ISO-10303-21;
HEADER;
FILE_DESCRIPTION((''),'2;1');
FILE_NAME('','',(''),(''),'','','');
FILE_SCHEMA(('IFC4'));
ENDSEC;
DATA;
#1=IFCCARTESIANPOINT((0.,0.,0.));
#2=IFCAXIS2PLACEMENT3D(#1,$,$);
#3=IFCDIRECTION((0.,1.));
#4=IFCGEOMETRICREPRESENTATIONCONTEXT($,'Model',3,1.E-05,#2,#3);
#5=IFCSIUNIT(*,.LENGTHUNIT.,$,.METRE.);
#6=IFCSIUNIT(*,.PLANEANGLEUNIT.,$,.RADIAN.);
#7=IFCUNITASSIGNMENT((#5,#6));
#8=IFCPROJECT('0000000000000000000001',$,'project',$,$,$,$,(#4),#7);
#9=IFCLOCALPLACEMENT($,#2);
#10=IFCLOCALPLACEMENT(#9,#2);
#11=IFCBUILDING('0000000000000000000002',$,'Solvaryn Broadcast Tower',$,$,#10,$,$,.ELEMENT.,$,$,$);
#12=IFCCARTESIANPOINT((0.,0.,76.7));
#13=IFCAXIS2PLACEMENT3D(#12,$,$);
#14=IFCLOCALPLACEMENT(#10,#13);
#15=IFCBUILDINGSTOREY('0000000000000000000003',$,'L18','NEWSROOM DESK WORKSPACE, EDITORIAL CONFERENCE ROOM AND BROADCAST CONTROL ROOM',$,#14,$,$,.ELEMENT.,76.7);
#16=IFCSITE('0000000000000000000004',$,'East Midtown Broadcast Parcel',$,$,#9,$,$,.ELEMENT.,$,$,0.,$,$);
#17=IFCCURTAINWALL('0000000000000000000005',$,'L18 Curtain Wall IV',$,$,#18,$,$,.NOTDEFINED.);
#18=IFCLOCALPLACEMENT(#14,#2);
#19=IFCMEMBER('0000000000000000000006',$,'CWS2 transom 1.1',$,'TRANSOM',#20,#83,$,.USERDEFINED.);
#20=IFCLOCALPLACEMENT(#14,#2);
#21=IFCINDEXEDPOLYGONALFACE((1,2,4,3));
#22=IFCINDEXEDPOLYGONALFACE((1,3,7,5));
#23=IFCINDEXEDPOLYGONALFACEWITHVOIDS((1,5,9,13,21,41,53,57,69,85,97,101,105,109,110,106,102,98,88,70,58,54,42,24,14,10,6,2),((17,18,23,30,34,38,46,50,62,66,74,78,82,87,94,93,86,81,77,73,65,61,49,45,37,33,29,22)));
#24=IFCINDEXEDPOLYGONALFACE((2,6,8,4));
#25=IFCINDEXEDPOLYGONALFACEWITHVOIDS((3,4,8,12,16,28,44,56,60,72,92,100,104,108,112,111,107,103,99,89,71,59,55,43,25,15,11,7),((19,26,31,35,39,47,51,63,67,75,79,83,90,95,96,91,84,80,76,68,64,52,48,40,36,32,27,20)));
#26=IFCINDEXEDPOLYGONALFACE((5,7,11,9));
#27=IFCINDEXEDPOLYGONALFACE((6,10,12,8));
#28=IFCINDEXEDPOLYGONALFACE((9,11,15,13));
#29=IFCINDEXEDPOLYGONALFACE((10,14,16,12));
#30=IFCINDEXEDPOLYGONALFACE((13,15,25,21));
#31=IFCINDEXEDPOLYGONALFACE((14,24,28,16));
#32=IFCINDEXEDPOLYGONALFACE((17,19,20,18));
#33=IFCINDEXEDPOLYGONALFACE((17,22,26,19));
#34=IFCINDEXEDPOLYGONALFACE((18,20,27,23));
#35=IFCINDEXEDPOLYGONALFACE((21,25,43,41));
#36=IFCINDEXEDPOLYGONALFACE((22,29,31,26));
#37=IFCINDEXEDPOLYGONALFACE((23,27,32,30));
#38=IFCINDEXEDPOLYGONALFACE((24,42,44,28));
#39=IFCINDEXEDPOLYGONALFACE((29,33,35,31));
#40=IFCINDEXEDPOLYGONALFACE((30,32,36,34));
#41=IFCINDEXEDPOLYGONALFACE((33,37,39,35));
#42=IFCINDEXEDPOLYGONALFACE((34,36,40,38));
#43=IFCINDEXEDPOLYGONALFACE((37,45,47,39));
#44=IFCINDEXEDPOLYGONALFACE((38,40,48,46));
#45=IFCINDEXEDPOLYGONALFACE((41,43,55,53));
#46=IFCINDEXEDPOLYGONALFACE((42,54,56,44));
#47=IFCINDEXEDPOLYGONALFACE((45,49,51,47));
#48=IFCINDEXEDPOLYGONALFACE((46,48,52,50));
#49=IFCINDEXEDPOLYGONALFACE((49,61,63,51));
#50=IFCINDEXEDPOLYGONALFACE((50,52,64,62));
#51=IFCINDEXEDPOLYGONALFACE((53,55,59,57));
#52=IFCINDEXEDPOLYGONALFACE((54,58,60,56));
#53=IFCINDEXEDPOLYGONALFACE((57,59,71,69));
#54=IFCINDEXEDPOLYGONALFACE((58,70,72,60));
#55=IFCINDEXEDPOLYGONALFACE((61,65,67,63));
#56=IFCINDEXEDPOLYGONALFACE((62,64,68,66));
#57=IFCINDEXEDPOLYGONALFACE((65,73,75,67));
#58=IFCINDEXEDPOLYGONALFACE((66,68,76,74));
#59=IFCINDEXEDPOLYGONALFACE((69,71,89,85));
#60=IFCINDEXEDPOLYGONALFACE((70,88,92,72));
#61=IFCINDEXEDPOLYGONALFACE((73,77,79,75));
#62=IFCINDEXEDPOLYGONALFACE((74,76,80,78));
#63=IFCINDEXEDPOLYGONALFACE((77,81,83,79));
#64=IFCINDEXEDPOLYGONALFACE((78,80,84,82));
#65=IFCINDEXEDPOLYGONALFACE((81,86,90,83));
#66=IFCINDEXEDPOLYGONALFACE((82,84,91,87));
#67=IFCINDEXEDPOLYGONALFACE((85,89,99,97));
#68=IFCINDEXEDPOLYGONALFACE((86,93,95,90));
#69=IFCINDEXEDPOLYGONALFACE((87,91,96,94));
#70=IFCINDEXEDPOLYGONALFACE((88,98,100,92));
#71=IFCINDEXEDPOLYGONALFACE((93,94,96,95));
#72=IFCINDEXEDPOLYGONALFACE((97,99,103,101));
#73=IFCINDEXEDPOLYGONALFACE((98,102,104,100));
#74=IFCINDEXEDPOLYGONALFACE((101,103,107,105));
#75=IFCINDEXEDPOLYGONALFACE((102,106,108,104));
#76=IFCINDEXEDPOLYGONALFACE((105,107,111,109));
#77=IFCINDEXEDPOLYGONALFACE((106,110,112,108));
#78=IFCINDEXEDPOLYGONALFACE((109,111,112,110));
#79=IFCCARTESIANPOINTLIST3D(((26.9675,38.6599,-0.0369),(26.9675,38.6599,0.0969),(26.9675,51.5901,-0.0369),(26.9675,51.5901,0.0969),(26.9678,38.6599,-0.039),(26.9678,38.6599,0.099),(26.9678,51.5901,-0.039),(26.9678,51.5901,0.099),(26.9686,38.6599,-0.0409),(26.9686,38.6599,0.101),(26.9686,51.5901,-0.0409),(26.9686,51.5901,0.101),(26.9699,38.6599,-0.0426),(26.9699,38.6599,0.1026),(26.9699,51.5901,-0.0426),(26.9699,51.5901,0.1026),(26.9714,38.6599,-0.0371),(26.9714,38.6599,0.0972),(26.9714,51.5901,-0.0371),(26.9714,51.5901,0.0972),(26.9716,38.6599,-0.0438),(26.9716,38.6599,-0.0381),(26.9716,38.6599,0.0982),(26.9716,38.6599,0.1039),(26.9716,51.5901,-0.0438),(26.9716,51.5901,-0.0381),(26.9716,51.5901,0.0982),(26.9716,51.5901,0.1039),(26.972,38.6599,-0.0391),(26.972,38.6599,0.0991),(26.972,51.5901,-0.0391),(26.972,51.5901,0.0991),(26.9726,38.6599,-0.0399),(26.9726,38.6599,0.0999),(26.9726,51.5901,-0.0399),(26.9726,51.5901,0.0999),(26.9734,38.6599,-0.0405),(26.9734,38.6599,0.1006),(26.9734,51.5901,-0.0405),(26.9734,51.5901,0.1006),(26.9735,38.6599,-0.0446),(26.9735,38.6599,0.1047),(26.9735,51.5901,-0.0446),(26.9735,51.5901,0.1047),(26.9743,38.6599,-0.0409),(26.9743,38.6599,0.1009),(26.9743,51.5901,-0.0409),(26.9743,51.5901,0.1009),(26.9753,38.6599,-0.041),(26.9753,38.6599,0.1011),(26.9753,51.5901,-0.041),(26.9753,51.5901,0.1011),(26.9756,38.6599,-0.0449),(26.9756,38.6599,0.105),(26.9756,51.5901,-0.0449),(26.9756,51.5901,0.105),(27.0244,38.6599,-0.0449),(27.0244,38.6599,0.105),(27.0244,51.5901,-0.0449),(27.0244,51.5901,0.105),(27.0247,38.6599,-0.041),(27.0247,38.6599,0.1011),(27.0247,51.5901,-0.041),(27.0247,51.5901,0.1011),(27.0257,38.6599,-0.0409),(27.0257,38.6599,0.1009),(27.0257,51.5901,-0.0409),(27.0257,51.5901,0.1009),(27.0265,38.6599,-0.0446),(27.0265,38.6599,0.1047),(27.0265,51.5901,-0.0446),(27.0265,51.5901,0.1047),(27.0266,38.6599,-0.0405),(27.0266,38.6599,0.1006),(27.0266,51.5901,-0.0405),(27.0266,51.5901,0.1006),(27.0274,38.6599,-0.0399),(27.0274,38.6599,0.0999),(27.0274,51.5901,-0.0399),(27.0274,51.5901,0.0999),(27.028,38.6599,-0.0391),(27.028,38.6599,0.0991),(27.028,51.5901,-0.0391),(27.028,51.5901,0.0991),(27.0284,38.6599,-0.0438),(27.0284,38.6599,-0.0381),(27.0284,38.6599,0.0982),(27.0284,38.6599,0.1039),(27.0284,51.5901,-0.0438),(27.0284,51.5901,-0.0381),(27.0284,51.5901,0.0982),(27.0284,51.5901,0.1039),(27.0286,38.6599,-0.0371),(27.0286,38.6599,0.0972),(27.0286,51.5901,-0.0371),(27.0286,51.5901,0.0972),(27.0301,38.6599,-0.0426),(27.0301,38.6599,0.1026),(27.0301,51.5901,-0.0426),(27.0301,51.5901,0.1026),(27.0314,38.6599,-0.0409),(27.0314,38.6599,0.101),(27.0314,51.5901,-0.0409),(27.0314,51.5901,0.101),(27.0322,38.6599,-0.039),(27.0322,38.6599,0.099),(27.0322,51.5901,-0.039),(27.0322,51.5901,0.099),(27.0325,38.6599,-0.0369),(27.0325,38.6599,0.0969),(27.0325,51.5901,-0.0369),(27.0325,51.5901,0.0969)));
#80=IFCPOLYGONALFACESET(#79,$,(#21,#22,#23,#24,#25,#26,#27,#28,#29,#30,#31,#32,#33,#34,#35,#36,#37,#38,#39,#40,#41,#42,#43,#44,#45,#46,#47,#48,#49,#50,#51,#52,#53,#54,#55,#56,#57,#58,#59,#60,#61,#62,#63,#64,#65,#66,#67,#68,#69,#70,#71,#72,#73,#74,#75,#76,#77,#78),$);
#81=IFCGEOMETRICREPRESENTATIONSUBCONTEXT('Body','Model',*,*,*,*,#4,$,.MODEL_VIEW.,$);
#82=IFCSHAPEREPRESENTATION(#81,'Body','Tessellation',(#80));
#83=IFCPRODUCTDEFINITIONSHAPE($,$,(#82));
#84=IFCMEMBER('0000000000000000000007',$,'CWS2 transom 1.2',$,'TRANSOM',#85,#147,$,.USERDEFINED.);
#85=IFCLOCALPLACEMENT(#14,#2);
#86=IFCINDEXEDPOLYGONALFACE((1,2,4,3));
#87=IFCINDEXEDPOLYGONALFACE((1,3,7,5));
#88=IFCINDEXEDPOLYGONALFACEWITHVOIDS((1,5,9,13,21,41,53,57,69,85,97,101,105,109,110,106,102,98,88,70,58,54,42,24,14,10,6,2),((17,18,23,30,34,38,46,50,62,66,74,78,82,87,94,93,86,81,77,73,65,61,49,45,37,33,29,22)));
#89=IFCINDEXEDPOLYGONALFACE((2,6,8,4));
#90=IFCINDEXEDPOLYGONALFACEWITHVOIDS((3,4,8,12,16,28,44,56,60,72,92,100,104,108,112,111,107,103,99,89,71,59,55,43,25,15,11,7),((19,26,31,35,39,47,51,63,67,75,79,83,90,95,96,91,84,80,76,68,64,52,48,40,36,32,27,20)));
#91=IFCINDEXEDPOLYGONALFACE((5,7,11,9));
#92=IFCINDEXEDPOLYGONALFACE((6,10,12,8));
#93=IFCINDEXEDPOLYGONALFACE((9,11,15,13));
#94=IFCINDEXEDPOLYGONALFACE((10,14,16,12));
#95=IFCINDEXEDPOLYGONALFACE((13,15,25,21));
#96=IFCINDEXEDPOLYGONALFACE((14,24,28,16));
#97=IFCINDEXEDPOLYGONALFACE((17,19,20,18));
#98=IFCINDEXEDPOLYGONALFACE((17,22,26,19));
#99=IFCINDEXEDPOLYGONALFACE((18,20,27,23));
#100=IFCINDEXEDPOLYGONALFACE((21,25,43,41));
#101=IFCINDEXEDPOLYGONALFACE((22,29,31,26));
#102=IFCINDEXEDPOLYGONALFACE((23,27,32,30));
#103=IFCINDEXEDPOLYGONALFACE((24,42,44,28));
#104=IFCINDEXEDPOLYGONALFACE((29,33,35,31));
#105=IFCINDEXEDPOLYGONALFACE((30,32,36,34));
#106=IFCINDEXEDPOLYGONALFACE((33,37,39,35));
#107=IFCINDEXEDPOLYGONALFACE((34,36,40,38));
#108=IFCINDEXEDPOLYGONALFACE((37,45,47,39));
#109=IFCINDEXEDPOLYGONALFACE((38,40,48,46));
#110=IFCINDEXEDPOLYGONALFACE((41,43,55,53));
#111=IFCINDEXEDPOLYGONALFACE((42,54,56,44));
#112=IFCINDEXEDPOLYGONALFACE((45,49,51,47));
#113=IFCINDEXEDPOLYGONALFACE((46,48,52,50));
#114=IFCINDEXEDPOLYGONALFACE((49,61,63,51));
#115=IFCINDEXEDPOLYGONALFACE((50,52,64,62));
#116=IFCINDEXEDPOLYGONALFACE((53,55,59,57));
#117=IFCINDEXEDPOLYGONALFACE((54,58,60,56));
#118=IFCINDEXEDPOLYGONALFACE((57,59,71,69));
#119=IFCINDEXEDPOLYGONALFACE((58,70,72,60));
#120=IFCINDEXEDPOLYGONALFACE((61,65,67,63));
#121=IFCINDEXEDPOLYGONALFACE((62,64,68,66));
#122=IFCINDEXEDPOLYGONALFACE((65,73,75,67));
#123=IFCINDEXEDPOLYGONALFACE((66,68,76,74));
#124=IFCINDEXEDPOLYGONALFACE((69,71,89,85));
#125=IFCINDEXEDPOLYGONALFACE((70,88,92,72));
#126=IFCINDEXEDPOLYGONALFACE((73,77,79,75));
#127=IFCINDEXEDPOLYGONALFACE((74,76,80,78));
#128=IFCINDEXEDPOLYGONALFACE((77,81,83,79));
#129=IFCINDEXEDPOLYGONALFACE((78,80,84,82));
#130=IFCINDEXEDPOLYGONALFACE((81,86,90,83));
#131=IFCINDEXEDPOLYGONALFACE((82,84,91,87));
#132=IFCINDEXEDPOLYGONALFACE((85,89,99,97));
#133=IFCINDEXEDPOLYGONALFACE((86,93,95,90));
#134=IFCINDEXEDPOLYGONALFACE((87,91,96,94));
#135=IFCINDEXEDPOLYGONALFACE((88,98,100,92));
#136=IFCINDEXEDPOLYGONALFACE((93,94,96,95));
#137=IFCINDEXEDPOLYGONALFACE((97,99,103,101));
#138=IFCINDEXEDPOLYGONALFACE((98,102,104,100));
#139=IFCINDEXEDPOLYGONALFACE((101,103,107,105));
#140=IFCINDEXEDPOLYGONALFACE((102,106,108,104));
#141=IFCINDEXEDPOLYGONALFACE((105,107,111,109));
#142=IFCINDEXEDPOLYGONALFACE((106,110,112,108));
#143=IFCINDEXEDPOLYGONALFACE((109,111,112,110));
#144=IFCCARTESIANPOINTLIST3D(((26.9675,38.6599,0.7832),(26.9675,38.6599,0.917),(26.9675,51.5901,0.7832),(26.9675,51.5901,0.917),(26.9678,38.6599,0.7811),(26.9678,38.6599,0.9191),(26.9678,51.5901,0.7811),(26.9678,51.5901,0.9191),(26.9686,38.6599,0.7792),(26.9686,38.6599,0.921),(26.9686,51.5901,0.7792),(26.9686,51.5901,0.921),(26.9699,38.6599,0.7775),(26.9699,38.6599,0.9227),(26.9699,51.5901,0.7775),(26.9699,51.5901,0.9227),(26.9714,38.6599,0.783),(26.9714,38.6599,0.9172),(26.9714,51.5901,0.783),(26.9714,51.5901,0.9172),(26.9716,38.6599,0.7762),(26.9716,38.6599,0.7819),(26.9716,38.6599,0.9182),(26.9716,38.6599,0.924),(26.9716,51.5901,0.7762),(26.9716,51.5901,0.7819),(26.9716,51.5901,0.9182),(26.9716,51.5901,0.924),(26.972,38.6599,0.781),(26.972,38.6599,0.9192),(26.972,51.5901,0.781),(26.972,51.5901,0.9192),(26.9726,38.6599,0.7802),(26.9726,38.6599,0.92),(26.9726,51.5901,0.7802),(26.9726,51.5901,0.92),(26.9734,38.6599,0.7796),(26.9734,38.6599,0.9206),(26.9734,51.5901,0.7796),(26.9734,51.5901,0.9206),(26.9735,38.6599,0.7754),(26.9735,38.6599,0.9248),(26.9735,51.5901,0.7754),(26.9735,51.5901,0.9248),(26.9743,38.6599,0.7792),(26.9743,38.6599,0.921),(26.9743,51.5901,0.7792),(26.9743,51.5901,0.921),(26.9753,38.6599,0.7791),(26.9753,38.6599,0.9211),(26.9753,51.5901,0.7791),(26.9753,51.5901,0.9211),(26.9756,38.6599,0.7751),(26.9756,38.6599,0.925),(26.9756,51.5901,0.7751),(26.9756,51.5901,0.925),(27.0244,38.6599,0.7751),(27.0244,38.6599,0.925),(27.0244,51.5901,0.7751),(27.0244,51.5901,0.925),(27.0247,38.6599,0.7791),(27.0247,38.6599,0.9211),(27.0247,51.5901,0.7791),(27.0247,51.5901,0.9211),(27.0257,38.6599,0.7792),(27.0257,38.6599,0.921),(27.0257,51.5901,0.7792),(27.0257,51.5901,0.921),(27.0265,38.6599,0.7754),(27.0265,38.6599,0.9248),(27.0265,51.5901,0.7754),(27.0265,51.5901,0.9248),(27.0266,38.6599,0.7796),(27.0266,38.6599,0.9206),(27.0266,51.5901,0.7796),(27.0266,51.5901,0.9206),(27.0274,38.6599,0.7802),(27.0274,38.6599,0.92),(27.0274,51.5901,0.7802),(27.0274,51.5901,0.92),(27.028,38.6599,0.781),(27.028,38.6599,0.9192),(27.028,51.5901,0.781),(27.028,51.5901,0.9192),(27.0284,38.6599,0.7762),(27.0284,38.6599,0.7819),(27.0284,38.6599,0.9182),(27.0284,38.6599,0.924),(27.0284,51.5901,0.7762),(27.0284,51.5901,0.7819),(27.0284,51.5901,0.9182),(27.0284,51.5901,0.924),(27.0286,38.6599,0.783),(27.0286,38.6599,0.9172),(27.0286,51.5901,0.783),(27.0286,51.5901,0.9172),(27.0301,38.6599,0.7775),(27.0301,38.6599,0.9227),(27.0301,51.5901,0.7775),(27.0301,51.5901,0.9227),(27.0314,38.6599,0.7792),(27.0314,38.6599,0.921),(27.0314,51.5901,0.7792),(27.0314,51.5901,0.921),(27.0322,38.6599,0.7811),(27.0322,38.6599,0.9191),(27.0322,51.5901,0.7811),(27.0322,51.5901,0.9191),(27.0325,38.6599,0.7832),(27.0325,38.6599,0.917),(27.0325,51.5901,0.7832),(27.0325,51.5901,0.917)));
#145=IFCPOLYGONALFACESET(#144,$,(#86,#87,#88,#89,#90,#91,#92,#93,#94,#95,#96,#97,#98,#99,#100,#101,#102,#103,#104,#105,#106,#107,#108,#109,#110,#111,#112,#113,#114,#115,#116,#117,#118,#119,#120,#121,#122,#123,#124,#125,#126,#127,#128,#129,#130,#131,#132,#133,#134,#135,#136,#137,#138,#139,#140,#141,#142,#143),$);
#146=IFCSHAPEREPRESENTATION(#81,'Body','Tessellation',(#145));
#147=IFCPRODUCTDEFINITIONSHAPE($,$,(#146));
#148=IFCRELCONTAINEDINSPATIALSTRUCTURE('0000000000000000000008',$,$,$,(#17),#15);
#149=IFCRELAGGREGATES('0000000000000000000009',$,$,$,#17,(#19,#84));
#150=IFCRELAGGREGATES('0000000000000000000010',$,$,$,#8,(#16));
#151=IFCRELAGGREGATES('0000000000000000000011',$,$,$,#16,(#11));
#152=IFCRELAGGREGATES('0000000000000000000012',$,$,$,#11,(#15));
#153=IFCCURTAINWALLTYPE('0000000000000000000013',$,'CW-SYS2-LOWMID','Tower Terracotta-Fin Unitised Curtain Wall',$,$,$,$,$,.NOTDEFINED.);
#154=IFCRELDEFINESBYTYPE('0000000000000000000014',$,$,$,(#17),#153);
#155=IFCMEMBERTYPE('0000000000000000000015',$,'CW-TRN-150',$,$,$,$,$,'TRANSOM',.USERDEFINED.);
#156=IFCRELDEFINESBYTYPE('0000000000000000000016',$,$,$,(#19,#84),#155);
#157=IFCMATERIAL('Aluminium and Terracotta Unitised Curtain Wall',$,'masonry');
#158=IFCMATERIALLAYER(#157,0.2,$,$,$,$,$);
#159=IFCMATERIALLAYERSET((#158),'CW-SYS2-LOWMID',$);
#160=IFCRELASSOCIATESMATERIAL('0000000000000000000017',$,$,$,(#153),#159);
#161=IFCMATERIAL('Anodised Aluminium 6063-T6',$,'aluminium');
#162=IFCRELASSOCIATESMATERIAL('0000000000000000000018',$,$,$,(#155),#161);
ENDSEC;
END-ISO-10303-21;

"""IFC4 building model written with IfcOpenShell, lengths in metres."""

from ifc_helpers import new_model, si_unit, direction, frame, origin, origin_2d, place, context, subcontext, project, spatial, hollow_rectangle, extrude, material, layer, layer_set, material_profile, profile_set, type_object, element, aggregate, save


model = new_model("IFC4")

# Units and contexts
model_context = context("Model", 3, precision=1e-05, world=origin(), true_north=direction((0.0, 1.0)))
body_context = subcontext(model_context, "Body", "Model", "MODEL_VIEW")
ifc_project = project(units=[si_unit("LENGTHUNIT", "METRE"), si_unit("PLANEANGLEUNIT", "RADIAN")], contexts=[model_context])

# Site, building, storey
site_placement = place(None, origin())
site = spatial("IfcSite", under=ifc_project, at=site_placement, Name="East Midtown Broadcast Parcel", CompositionType="ELEMENT", RefElevation=0.0)
building_placement = place(site_placement, origin())
building = spatial("IfcBuilding", under=site, at=building_placement, Name="Solvaryn Broadcast Tower", CompositionType="ELEMENT")
storey_placement = place(building_placement, frame((0.0, 0.0, 76.7)))
storey = spatial("IfcBuildingStorey", under=building, at=storey_placement, Name="L18", Description="NEWSROOM DESK WORKSPACE, EDITORIAL CONFERENCE ROOM AND BROADCAST CONTROL ROOM", CompositionType="ELEMENT", Elevation=76.7)

# Curtain wall
ifc_material_1 = material(Name="Aluminium and Terracotta Unitised Curtain Wall", Category="masonry")
ifc_layer_1 = layer(ifc_material_1, 0.2)
ifc_layer_set_1 = layer_set([ifc_layer_1], Name="CW-SYS2-LOWMID")
curtain_wall_type = type_object("IfcCurtainWallType", Name="CW-SYS2-LOWMID", Description="Tower Terracotta-Fin Unitised Curtain Wall", PredefinedType="NOTDEFINED", material=ifc_layer_set_1)
curtain_wall_1_placement = place(storey_placement, origin())
curtain_wall_1 = element("IfcCurtainWall", 1, at=curtain_wall_1_placement, inside=storey, type_object=curtain_wall_type, Name="L18 Curtain Wall IV", PredefinedType="NOTDEFINED")

# Members
ifc_material_2 = material(Name="Anodised Aluminium 6063-T6", Category="aluminium")
ifc_material_profile_1 = material_profile(ifc_material_2, hollow_rectangle(XDim=0.0649, YDim=0.1499, WallThickness=0.0039, InnerFilletRadius=0.0039, OuterFilletRadius=0.0081, at=origin_2d()))
ifc_profile_set_1 = profile_set([ifc_material_profile_1], Name="Anodised Aluminium 6063-T6")
member_type_1 = type_object("IfcMemberType", Name="CW-TRN-150", ElementType="TRANSOM", PredefinedType="USERDEFINED", material=ifc_profile_set_1)
member_1_placement = place(storey_placement, frame((27.0, 51.5901, 0.03), z_axis=(0.0, -1.0, 0.0), x_axis=(1.0, 0.0, 0.0)))
member_1 = element("IfcMember", 2, at=member_1_placement, type_object=member_type_1, Name="CWS2 transom 1.1", ObjectType="TRANSOM", PredefinedType="USERDEFINED", context=body_context, shape_type="SweptSolid", body=[
    extrude(hollow_rectangle(XDim=0.0649, YDim=0.1499, WallThickness=0.0039, InnerFilletRadius=0.0039, OuterFilletRadius=0.0081, at=origin_2d()), origin(), (0.0, 0.0, 1.0), 12.9302),
])
member_2_placement = place(storey_placement, frame((27.0, 51.5901, 0.8501), z_axis=(0.0, -1.0, 0.0), x_axis=(1.0, 0.0, 0.0)))
member_2 = element("IfcMember", 3, at=member_2_placement, type_object=member_type_1, Name="CWS2 transom 1.2", ObjectType="TRANSOM", PredefinedType="USERDEFINED", context=body_context, shape_type="SweptSolid", body=[
    extrude(hollow_rectangle(XDim=0.0649, YDim=0.1499, WallThickness=0.0039, InnerFilletRadius=0.0039, OuterFilletRadius=0.0081, at=origin_2d()), origin(), (0.0, 0.0, 1.0), 12.9302),
])

aggregate(curtain_wall_1, [member_1, member_2])

save(model, "model.ifc")
